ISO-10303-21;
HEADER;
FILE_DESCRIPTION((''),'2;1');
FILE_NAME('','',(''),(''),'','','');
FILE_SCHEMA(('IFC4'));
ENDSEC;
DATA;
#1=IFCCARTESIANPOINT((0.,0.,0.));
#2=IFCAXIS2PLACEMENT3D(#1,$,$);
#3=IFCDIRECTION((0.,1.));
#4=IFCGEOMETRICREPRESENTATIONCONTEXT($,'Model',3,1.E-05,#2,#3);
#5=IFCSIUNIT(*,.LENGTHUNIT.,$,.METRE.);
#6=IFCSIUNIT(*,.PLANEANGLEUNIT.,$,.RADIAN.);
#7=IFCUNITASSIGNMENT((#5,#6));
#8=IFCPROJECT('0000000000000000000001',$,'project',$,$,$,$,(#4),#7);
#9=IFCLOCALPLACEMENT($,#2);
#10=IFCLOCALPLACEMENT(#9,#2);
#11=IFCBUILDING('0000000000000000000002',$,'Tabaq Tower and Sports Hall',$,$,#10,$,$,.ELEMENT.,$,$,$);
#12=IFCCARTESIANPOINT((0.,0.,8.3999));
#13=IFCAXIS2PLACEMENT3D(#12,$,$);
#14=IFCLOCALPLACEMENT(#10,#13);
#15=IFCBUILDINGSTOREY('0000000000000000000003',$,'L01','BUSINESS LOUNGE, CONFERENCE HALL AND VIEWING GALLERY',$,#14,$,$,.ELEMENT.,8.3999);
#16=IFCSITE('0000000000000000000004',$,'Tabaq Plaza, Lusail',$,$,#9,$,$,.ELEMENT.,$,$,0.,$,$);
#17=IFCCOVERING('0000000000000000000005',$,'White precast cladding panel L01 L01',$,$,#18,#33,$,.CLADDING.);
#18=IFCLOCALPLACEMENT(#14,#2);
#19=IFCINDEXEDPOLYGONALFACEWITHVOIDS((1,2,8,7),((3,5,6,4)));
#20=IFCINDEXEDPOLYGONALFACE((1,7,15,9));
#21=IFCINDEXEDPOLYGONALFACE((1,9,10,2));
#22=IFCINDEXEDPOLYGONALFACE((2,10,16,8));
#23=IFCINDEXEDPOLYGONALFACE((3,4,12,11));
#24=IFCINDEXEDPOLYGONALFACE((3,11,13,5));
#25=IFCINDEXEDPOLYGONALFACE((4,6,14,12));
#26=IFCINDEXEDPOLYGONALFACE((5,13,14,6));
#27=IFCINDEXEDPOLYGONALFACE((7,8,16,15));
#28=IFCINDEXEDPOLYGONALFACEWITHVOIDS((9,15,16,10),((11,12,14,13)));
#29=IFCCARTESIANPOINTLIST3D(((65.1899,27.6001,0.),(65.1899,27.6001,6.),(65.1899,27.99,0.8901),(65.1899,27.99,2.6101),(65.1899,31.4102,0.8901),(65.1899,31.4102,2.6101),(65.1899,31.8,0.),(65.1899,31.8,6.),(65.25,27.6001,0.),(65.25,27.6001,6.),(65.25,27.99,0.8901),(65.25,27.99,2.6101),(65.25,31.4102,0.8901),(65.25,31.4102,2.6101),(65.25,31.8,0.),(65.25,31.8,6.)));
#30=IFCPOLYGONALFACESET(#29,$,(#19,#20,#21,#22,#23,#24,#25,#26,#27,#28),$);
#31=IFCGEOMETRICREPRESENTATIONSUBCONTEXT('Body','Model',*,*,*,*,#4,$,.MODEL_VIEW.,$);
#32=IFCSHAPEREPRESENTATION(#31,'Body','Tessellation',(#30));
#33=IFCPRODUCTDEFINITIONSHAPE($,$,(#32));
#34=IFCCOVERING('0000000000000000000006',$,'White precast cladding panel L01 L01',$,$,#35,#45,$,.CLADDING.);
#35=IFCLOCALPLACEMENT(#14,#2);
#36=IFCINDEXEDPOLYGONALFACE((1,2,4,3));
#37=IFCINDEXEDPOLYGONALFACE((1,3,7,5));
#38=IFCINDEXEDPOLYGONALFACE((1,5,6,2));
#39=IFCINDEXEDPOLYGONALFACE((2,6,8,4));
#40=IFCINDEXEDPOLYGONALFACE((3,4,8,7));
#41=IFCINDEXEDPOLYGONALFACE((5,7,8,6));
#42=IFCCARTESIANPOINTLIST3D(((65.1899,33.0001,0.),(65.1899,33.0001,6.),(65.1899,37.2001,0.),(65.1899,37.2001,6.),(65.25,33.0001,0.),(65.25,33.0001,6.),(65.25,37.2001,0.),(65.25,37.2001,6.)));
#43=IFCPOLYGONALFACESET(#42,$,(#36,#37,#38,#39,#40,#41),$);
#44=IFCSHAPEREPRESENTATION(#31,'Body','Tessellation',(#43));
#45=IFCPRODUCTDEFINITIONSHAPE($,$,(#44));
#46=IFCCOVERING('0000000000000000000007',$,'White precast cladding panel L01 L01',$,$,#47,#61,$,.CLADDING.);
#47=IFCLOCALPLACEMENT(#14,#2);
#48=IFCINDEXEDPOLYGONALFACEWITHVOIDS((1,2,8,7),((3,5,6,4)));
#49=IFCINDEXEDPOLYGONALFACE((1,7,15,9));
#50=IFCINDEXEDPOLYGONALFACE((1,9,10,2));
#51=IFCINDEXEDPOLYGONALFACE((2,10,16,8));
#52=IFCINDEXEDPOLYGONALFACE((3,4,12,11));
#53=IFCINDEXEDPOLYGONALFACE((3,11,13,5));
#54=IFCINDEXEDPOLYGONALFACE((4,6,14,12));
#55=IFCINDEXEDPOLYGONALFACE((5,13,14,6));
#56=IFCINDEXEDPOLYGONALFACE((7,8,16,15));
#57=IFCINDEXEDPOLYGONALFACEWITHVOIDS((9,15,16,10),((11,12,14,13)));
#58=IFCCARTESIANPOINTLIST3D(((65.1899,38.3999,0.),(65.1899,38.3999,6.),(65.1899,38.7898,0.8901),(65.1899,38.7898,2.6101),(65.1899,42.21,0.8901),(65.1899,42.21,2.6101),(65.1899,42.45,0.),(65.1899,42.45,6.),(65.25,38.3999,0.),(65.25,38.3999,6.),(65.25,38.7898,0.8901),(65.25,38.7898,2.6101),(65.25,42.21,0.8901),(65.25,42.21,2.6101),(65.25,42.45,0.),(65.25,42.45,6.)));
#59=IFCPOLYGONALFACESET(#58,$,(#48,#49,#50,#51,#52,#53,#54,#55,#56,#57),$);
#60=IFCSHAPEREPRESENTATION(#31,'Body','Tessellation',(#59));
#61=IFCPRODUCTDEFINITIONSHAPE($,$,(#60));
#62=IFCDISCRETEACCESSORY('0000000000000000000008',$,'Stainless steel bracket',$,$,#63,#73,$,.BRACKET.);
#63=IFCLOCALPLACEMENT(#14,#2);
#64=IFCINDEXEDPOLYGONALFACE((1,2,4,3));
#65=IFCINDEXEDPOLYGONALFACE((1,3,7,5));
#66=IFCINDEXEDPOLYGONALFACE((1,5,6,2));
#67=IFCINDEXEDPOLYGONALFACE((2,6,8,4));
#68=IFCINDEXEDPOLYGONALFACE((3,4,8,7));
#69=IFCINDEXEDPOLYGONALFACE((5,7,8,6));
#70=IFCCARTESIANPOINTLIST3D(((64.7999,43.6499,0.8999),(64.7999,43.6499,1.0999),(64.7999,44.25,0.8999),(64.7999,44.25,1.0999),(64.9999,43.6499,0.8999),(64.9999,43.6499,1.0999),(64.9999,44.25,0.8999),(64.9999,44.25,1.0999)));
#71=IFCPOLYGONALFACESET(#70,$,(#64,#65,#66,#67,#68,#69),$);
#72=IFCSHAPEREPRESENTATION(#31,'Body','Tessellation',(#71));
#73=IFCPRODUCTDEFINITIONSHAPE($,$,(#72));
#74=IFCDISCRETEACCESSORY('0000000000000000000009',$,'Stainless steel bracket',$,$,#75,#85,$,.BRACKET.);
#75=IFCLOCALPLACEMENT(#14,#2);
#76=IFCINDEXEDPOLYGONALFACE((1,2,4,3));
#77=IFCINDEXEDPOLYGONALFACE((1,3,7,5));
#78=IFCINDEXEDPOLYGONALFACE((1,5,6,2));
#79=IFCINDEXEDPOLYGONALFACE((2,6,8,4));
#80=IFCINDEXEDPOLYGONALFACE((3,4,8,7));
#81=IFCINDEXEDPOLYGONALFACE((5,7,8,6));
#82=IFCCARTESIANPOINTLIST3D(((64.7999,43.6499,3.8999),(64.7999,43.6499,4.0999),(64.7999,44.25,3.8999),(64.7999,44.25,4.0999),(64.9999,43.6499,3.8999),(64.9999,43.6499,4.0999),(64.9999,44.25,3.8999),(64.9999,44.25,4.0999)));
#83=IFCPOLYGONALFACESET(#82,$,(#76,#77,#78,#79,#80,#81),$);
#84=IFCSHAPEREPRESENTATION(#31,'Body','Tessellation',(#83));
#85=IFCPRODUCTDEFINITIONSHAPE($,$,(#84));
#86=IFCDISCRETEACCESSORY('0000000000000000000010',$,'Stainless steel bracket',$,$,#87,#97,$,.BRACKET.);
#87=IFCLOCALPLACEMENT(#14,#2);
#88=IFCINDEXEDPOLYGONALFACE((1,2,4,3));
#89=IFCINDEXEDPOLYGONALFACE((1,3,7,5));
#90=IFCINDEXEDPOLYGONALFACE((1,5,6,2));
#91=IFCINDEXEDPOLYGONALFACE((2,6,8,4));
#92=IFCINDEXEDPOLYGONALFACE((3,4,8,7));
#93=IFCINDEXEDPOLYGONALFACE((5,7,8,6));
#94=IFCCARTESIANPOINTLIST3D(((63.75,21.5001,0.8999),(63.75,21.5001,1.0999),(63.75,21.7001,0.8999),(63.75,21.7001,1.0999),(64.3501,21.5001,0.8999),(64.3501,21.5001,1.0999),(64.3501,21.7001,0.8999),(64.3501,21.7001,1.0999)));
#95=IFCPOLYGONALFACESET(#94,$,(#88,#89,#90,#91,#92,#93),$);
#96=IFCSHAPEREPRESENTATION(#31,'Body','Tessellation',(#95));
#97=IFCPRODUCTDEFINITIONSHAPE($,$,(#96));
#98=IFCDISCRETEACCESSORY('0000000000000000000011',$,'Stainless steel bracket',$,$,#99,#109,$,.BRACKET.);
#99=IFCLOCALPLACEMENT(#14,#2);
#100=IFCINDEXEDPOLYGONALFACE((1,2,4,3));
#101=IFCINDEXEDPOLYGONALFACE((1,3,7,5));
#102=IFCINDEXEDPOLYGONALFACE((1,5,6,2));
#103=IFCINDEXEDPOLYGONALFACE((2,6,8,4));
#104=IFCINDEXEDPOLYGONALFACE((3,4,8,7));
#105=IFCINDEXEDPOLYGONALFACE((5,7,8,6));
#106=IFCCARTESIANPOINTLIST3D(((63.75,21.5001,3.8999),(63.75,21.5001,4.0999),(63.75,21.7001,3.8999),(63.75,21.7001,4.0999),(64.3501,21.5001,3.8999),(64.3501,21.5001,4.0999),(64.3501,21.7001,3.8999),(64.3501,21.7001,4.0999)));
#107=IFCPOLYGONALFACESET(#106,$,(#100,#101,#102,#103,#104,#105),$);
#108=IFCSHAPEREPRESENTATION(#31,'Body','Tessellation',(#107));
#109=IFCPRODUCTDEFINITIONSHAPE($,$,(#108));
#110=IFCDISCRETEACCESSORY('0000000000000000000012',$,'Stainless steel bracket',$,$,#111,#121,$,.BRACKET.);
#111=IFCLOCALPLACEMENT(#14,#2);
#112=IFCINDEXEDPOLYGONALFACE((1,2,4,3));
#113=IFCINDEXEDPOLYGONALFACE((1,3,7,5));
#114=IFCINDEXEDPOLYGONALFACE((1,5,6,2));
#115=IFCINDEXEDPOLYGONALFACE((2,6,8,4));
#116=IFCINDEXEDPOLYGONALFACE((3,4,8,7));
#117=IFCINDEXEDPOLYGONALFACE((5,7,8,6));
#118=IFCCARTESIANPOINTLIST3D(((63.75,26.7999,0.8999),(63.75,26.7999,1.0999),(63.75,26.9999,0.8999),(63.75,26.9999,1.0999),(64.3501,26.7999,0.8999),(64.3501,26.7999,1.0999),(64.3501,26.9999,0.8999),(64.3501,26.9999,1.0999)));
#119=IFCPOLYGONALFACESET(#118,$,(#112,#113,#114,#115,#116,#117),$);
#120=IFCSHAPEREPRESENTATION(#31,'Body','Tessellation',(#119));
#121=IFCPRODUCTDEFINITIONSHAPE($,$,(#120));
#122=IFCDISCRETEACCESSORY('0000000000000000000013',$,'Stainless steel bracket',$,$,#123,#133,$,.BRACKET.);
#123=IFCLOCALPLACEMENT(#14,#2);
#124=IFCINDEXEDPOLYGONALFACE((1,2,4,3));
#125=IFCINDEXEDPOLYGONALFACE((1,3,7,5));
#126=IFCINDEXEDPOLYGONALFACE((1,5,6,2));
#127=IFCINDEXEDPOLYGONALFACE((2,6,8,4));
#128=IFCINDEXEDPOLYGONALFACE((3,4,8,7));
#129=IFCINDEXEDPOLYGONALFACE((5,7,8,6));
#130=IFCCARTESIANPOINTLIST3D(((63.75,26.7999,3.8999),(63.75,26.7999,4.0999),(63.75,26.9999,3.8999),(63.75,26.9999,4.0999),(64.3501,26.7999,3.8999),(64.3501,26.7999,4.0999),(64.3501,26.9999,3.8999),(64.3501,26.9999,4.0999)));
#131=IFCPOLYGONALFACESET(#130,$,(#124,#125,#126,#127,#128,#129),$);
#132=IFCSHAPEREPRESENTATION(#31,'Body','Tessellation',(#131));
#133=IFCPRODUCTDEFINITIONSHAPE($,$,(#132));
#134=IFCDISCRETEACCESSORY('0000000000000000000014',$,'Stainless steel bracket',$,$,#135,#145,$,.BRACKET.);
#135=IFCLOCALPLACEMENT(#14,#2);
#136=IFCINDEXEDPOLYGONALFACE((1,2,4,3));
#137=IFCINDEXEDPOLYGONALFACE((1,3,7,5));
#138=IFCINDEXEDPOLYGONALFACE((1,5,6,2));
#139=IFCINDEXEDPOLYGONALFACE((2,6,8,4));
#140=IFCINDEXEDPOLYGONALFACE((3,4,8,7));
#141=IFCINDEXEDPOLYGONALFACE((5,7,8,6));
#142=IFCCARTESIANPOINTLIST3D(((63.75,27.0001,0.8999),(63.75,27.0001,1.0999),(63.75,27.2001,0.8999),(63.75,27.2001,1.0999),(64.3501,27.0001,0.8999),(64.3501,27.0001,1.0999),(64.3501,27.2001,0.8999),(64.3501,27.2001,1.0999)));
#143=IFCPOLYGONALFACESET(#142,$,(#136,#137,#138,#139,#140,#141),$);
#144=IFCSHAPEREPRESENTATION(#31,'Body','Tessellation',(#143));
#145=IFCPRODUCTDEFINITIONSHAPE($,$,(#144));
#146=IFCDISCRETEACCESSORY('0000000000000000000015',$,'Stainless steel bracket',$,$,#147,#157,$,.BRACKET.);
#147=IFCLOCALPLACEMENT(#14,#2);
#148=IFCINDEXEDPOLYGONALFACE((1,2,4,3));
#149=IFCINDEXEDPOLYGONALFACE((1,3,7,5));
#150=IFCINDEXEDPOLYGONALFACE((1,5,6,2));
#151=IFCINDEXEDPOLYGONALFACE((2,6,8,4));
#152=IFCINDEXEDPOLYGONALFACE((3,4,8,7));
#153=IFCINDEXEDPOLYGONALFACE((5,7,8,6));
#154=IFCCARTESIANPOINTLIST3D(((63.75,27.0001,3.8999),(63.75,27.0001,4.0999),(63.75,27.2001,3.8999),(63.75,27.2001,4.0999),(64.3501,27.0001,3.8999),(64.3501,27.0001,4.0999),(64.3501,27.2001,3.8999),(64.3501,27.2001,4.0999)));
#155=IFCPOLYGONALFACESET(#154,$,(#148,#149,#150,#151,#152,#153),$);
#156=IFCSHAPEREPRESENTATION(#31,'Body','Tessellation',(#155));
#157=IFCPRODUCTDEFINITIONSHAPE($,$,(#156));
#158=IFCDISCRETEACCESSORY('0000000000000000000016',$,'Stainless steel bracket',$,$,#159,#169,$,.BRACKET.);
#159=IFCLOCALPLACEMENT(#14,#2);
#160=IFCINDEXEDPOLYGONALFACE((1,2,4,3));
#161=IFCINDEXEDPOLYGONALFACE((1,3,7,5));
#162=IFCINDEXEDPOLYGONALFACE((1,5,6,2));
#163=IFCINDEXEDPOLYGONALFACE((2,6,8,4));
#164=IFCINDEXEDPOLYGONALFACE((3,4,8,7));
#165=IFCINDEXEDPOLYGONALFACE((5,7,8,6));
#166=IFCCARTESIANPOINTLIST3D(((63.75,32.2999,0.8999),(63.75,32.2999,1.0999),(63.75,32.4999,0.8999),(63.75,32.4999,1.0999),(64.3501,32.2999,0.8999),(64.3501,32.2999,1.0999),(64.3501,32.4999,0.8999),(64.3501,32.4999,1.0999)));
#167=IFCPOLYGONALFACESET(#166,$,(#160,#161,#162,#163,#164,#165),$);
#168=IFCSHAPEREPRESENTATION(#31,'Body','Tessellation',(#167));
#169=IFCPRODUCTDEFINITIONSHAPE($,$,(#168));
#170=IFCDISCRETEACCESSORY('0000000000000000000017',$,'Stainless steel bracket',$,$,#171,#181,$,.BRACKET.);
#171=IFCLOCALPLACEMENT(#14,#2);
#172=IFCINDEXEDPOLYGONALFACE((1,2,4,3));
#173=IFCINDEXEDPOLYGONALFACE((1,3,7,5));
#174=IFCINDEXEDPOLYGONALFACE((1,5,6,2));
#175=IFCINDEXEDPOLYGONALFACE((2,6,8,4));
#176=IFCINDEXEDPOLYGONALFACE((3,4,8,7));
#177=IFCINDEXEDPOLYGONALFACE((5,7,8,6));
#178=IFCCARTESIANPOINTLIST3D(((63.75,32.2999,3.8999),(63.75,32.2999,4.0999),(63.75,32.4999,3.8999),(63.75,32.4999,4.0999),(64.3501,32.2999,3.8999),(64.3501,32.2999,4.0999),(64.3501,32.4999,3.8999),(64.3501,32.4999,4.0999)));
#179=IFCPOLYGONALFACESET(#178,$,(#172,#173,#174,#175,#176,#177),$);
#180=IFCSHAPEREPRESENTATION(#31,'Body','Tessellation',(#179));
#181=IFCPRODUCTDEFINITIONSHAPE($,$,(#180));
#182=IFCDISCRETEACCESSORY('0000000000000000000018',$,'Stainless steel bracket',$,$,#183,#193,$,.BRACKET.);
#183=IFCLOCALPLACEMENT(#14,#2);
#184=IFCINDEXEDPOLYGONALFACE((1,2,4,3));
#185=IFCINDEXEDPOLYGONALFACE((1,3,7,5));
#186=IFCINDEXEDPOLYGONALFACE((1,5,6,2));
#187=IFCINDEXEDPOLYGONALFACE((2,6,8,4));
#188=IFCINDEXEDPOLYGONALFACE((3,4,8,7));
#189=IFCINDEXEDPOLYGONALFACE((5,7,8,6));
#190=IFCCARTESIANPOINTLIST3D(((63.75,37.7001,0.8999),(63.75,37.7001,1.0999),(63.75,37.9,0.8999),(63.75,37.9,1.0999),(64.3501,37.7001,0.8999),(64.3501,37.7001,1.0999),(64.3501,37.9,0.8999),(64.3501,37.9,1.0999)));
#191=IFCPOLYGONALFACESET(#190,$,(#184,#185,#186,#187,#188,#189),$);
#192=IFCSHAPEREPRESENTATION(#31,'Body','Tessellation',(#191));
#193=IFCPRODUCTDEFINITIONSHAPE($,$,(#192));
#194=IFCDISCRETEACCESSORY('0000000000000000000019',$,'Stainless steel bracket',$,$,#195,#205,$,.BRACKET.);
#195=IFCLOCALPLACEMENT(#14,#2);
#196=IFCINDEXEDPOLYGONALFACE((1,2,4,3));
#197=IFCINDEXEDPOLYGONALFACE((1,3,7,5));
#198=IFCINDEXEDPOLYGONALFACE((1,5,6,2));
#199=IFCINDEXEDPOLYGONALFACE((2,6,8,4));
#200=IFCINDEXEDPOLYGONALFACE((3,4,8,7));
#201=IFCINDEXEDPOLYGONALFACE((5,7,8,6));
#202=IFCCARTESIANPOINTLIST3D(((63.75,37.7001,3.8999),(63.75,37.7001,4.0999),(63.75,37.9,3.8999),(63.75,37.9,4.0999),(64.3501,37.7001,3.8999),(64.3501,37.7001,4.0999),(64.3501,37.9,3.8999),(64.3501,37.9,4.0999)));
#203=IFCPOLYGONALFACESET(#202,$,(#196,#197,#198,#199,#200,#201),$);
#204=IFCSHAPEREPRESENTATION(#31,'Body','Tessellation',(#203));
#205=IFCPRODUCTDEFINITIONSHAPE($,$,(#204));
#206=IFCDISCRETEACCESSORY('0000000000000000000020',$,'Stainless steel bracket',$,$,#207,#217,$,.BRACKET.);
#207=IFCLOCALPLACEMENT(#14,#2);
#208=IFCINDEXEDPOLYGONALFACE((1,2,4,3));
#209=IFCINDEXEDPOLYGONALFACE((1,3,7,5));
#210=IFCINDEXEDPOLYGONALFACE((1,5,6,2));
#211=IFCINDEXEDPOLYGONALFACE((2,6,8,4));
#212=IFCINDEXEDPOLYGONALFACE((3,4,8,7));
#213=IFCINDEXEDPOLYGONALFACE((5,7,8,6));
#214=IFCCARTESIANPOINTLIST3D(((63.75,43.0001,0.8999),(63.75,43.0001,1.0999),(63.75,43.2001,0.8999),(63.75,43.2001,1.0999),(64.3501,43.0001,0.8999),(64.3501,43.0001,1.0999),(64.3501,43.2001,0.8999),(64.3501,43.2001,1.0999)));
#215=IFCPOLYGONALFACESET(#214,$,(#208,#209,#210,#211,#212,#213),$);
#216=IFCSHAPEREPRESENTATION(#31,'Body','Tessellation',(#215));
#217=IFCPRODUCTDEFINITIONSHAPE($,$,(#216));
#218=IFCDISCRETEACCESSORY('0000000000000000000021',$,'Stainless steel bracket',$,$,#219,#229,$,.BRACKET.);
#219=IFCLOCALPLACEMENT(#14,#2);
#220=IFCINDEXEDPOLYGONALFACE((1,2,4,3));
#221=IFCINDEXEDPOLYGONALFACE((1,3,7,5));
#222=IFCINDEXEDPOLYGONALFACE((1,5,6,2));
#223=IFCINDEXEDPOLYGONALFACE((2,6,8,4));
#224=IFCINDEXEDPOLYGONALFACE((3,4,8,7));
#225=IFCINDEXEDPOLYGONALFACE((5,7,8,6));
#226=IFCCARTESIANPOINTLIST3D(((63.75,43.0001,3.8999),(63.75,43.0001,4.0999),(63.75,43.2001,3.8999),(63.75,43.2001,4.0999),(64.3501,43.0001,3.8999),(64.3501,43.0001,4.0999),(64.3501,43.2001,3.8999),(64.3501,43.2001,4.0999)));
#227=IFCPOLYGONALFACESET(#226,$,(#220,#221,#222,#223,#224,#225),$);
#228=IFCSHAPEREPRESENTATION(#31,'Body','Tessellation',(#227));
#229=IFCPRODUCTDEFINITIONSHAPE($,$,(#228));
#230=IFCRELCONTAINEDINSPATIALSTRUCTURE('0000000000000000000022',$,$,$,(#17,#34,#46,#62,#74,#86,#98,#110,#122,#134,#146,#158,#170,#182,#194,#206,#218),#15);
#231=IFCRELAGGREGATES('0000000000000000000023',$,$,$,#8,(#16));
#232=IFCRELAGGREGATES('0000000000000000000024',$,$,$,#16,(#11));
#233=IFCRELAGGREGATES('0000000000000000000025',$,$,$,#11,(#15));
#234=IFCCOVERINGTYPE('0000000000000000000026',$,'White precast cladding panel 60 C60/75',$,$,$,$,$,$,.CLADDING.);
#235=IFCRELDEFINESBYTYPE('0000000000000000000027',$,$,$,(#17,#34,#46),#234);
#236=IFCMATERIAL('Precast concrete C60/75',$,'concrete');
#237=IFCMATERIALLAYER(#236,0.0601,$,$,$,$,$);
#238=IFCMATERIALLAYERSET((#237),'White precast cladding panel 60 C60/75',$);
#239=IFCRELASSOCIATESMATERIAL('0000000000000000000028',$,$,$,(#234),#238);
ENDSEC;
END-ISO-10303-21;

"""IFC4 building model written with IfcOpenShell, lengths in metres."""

from ifc_helpers import new_model, si_unit, direction, frame, frame_2d, origin, origin_2d, place, context, subcontext, project, spatial, polyline, rectangle, outline, extrude, material, layer, layer_set, type_object, element, save


model = new_model("IFC4")

# Units and contexts
model_context = context("Model", 3, precision=1e-05, world=origin(), true_north=direction((0.0, 1.0)))
body_context = subcontext(model_context, "Body", "Model", "MODEL_VIEW")
ifc_project = project(units=[si_unit("LENGTHUNIT", "METRE"), si_unit("PLANEANGLEUNIT", "RADIAN")], contexts=[model_context])

# Site, building, storey
site_placement = place(None, origin())
site = spatial("IfcSite", under=ifc_project, at=site_placement, Name="Tabaq Plaza, Lusail", CompositionType="ELEMENT", RefElevation=0.0)
building_placement = place(site_placement, origin())
building = spatial("IfcBuilding", under=site, at=building_placement, Name="Tabaq Tower and Sports Hall", CompositionType="ELEMENT")
storey_placement = place(building_placement, frame((0.0, 0.0, 8.3999)))
storey = spatial("IfcBuildingStorey", under=building, at=storey_placement, Name="L01", Description="BUSINESS LOUNGE, CONFERENCE HALL AND VIEWING GALLERY", CompositionType="ELEMENT", Elevation=8.3999)

# Coverings
ifc_material_1 = material(Name="Precast concrete C60/75", Category="concrete")
ifc_layer_1 = layer(ifc_material_1, 0.0601)
ifc_layer_set_1 = layer_set([ifc_layer_1], Name="White precast cladding panel 60 C60/75")
covering_type_1 = type_object("IfcCoveringType", Name="White precast cladding panel 60 C60/75", PredefinedType="CLADDING", material=ifc_layer_set_1)
covering_1_placement = place(storey_placement, frame((65.22, 27.6001, 0.0), z_axis=(0.0, 0.0, 1.0), x_axis=(0.0, 1.0, 0.0)))
element("IfcCovering", 1, at=covering_1_placement, inside=storey, type_object=covering_type_1, Name="White precast cladding panel L01 L01", PredefinedType="CLADDING", context=body_context, shape_type="SweptSolid", body=[
    extrude(outline(polyline([(0.0, 0.0), (4.2, 0.0), (4.2, 6.0), (0.0, 6.0), (0.0, 0.0)]), holes=[polyline([(0.3899, 0.8901), (0.3899, 2.6101), (3.8101, 2.6101), (3.8101, 0.8901), (0.3899, 0.8901)])]), frame((0.0, 0.03, 0.0), z_axis=(0.0, -1.0, 0.0), x_axis=(1.0, 0.0, 0.0)), (0.0, 0.0, 1.0), 0.0601),
])
covering_2_placement = place(storey_placement, frame((65.22, 33.0, 0.0), z_axis=(0.0, 0.0, 1.0), x_axis=(0.0, 1.0, 0.0)))
element("IfcCovering", 2, at=covering_2_placement, inside=storey, type_object=covering_type_1, Name="White precast cladding panel L01 L01", PredefinedType="CLADDING", context=body_context, shape_type="SweptSolid", body=[
    extrude(rectangle(XDim=4.2, YDim=0.0601, at=frame_2d((2.1001, 0.0))), origin(), (0.0, 0.0, 1.0), 6.0),
])
covering_3_placement = place(storey_placement, frame((65.22, 38.3999, 0.0), z_axis=(0.0, 0.0, 1.0), x_axis=(0.0, 1.0, 0.0)))
element("IfcCovering", 3, at=covering_3_placement, inside=storey, type_object=covering_type_1, Name="White precast cladding panel L01 L01", PredefinedType="CLADDING", context=body_context, shape_type="SweptSolid", body=[
    extrude(outline(polyline([(0.0, 0.0), (4.05, 0.0), (4.05, 6.0), (0.0, 6.0), (0.0, 0.0)]), holes=[polyline([(0.3899, 0.8901), (0.3899, 2.6101), (3.8101, 2.6101), (3.8101, 0.8901), (0.3899, 0.8901)])]), frame((0.0, 0.03, 0.0), z_axis=(0.0, -1.0, 0.0), x_axis=(1.0, 0.0, 0.0)), (0.0, 0.0, 1.0), 0.0601),
])

# Discrete accessories
for number, where, z_axis, x_axis, name in (
    (4, (64.8999, 43.95, 0.8999), (0.0, 0.0, 1.0), (1.0, 0.0, 0.0), "Stainless steel bracket"),
    (5, (64.8999, 43.95, 3.8999), (0.0, 0.0, 1.0), (1.0, 0.0, 0.0), "Stainless steel bracket"),
    (6, (64.05, 21.6001, 0.8999), (0.0, 0.0, 1.0), (0.0, 1.0, 0.0), "Stainless steel bracket"),
    (7, (64.05, 21.6001, 3.8999), (0.0, 0.0, 1.0), (0.0, 1.0, 0.0), "Stainless steel bracket"),
    (8, (64.05, 26.8999, 0.8999), (0.0, 0.0, 1.0), (0.0, 1.0, 0.0), "Stainless steel bracket"),
    (9, (64.05, 26.8999, 3.8999), (0.0, 0.0, 1.0), (0.0, 1.0, 0.0), "Stainless steel bracket"),
    (10, (64.05, 27.1001, 0.8999), (0.0, 0.0, 1.0), (0.0, 1.0, 0.0), "Stainless steel bracket"),
    (11, (64.05, 27.1001, 3.8999), (0.0, 0.0, 1.0), (0.0, 1.0, 0.0), "Stainless steel bracket"),
    (12, (64.05, 32.3999, 0.8999), (0.0, 0.0, 1.0), (0.0, 1.0, 0.0), "Stainless steel bracket"),
    (13, (64.05, 32.3999, 3.8999), (0.0, 0.0, 1.0), (0.0, 1.0, 0.0), "Stainless steel bracket"),
    (14, (64.05, 37.8, 0.8999), (0.0, 0.0, 1.0), (0.0, 1.0, 0.0), "Stainless steel bracket"),
    (15, (64.05, 37.8, 3.8999), (0.0, 0.0, 1.0), (0.0, 1.0, 0.0), "Stainless steel bracket"),
    (16, (64.05, 43.1001, 0.8999), (0.0, 0.0, 1.0), (0.0, 1.0, 0.0), "Stainless steel bracket"),
    (17, (64.05, 43.1001, 3.8999), (0.0, 0.0, 1.0), (0.0, 1.0, 0.0), "Stainless steel bracket"),
):
    element("IfcDiscreteAccessory", number, at=place(storey_placement, frame(where, z_axis=z_axis, x_axis=x_axis)), inside=storey, Name=name, PredefinedType="BRACKET", context=body_context, shape_type="SweptSolid", body=[
        extrude(rectangle(XDim=0.2, YDim=0.6001, at=origin_2d()), origin(), (0.0, 0.0, 1.0), 0.2),
    ])

save(model, "model.ifc")
